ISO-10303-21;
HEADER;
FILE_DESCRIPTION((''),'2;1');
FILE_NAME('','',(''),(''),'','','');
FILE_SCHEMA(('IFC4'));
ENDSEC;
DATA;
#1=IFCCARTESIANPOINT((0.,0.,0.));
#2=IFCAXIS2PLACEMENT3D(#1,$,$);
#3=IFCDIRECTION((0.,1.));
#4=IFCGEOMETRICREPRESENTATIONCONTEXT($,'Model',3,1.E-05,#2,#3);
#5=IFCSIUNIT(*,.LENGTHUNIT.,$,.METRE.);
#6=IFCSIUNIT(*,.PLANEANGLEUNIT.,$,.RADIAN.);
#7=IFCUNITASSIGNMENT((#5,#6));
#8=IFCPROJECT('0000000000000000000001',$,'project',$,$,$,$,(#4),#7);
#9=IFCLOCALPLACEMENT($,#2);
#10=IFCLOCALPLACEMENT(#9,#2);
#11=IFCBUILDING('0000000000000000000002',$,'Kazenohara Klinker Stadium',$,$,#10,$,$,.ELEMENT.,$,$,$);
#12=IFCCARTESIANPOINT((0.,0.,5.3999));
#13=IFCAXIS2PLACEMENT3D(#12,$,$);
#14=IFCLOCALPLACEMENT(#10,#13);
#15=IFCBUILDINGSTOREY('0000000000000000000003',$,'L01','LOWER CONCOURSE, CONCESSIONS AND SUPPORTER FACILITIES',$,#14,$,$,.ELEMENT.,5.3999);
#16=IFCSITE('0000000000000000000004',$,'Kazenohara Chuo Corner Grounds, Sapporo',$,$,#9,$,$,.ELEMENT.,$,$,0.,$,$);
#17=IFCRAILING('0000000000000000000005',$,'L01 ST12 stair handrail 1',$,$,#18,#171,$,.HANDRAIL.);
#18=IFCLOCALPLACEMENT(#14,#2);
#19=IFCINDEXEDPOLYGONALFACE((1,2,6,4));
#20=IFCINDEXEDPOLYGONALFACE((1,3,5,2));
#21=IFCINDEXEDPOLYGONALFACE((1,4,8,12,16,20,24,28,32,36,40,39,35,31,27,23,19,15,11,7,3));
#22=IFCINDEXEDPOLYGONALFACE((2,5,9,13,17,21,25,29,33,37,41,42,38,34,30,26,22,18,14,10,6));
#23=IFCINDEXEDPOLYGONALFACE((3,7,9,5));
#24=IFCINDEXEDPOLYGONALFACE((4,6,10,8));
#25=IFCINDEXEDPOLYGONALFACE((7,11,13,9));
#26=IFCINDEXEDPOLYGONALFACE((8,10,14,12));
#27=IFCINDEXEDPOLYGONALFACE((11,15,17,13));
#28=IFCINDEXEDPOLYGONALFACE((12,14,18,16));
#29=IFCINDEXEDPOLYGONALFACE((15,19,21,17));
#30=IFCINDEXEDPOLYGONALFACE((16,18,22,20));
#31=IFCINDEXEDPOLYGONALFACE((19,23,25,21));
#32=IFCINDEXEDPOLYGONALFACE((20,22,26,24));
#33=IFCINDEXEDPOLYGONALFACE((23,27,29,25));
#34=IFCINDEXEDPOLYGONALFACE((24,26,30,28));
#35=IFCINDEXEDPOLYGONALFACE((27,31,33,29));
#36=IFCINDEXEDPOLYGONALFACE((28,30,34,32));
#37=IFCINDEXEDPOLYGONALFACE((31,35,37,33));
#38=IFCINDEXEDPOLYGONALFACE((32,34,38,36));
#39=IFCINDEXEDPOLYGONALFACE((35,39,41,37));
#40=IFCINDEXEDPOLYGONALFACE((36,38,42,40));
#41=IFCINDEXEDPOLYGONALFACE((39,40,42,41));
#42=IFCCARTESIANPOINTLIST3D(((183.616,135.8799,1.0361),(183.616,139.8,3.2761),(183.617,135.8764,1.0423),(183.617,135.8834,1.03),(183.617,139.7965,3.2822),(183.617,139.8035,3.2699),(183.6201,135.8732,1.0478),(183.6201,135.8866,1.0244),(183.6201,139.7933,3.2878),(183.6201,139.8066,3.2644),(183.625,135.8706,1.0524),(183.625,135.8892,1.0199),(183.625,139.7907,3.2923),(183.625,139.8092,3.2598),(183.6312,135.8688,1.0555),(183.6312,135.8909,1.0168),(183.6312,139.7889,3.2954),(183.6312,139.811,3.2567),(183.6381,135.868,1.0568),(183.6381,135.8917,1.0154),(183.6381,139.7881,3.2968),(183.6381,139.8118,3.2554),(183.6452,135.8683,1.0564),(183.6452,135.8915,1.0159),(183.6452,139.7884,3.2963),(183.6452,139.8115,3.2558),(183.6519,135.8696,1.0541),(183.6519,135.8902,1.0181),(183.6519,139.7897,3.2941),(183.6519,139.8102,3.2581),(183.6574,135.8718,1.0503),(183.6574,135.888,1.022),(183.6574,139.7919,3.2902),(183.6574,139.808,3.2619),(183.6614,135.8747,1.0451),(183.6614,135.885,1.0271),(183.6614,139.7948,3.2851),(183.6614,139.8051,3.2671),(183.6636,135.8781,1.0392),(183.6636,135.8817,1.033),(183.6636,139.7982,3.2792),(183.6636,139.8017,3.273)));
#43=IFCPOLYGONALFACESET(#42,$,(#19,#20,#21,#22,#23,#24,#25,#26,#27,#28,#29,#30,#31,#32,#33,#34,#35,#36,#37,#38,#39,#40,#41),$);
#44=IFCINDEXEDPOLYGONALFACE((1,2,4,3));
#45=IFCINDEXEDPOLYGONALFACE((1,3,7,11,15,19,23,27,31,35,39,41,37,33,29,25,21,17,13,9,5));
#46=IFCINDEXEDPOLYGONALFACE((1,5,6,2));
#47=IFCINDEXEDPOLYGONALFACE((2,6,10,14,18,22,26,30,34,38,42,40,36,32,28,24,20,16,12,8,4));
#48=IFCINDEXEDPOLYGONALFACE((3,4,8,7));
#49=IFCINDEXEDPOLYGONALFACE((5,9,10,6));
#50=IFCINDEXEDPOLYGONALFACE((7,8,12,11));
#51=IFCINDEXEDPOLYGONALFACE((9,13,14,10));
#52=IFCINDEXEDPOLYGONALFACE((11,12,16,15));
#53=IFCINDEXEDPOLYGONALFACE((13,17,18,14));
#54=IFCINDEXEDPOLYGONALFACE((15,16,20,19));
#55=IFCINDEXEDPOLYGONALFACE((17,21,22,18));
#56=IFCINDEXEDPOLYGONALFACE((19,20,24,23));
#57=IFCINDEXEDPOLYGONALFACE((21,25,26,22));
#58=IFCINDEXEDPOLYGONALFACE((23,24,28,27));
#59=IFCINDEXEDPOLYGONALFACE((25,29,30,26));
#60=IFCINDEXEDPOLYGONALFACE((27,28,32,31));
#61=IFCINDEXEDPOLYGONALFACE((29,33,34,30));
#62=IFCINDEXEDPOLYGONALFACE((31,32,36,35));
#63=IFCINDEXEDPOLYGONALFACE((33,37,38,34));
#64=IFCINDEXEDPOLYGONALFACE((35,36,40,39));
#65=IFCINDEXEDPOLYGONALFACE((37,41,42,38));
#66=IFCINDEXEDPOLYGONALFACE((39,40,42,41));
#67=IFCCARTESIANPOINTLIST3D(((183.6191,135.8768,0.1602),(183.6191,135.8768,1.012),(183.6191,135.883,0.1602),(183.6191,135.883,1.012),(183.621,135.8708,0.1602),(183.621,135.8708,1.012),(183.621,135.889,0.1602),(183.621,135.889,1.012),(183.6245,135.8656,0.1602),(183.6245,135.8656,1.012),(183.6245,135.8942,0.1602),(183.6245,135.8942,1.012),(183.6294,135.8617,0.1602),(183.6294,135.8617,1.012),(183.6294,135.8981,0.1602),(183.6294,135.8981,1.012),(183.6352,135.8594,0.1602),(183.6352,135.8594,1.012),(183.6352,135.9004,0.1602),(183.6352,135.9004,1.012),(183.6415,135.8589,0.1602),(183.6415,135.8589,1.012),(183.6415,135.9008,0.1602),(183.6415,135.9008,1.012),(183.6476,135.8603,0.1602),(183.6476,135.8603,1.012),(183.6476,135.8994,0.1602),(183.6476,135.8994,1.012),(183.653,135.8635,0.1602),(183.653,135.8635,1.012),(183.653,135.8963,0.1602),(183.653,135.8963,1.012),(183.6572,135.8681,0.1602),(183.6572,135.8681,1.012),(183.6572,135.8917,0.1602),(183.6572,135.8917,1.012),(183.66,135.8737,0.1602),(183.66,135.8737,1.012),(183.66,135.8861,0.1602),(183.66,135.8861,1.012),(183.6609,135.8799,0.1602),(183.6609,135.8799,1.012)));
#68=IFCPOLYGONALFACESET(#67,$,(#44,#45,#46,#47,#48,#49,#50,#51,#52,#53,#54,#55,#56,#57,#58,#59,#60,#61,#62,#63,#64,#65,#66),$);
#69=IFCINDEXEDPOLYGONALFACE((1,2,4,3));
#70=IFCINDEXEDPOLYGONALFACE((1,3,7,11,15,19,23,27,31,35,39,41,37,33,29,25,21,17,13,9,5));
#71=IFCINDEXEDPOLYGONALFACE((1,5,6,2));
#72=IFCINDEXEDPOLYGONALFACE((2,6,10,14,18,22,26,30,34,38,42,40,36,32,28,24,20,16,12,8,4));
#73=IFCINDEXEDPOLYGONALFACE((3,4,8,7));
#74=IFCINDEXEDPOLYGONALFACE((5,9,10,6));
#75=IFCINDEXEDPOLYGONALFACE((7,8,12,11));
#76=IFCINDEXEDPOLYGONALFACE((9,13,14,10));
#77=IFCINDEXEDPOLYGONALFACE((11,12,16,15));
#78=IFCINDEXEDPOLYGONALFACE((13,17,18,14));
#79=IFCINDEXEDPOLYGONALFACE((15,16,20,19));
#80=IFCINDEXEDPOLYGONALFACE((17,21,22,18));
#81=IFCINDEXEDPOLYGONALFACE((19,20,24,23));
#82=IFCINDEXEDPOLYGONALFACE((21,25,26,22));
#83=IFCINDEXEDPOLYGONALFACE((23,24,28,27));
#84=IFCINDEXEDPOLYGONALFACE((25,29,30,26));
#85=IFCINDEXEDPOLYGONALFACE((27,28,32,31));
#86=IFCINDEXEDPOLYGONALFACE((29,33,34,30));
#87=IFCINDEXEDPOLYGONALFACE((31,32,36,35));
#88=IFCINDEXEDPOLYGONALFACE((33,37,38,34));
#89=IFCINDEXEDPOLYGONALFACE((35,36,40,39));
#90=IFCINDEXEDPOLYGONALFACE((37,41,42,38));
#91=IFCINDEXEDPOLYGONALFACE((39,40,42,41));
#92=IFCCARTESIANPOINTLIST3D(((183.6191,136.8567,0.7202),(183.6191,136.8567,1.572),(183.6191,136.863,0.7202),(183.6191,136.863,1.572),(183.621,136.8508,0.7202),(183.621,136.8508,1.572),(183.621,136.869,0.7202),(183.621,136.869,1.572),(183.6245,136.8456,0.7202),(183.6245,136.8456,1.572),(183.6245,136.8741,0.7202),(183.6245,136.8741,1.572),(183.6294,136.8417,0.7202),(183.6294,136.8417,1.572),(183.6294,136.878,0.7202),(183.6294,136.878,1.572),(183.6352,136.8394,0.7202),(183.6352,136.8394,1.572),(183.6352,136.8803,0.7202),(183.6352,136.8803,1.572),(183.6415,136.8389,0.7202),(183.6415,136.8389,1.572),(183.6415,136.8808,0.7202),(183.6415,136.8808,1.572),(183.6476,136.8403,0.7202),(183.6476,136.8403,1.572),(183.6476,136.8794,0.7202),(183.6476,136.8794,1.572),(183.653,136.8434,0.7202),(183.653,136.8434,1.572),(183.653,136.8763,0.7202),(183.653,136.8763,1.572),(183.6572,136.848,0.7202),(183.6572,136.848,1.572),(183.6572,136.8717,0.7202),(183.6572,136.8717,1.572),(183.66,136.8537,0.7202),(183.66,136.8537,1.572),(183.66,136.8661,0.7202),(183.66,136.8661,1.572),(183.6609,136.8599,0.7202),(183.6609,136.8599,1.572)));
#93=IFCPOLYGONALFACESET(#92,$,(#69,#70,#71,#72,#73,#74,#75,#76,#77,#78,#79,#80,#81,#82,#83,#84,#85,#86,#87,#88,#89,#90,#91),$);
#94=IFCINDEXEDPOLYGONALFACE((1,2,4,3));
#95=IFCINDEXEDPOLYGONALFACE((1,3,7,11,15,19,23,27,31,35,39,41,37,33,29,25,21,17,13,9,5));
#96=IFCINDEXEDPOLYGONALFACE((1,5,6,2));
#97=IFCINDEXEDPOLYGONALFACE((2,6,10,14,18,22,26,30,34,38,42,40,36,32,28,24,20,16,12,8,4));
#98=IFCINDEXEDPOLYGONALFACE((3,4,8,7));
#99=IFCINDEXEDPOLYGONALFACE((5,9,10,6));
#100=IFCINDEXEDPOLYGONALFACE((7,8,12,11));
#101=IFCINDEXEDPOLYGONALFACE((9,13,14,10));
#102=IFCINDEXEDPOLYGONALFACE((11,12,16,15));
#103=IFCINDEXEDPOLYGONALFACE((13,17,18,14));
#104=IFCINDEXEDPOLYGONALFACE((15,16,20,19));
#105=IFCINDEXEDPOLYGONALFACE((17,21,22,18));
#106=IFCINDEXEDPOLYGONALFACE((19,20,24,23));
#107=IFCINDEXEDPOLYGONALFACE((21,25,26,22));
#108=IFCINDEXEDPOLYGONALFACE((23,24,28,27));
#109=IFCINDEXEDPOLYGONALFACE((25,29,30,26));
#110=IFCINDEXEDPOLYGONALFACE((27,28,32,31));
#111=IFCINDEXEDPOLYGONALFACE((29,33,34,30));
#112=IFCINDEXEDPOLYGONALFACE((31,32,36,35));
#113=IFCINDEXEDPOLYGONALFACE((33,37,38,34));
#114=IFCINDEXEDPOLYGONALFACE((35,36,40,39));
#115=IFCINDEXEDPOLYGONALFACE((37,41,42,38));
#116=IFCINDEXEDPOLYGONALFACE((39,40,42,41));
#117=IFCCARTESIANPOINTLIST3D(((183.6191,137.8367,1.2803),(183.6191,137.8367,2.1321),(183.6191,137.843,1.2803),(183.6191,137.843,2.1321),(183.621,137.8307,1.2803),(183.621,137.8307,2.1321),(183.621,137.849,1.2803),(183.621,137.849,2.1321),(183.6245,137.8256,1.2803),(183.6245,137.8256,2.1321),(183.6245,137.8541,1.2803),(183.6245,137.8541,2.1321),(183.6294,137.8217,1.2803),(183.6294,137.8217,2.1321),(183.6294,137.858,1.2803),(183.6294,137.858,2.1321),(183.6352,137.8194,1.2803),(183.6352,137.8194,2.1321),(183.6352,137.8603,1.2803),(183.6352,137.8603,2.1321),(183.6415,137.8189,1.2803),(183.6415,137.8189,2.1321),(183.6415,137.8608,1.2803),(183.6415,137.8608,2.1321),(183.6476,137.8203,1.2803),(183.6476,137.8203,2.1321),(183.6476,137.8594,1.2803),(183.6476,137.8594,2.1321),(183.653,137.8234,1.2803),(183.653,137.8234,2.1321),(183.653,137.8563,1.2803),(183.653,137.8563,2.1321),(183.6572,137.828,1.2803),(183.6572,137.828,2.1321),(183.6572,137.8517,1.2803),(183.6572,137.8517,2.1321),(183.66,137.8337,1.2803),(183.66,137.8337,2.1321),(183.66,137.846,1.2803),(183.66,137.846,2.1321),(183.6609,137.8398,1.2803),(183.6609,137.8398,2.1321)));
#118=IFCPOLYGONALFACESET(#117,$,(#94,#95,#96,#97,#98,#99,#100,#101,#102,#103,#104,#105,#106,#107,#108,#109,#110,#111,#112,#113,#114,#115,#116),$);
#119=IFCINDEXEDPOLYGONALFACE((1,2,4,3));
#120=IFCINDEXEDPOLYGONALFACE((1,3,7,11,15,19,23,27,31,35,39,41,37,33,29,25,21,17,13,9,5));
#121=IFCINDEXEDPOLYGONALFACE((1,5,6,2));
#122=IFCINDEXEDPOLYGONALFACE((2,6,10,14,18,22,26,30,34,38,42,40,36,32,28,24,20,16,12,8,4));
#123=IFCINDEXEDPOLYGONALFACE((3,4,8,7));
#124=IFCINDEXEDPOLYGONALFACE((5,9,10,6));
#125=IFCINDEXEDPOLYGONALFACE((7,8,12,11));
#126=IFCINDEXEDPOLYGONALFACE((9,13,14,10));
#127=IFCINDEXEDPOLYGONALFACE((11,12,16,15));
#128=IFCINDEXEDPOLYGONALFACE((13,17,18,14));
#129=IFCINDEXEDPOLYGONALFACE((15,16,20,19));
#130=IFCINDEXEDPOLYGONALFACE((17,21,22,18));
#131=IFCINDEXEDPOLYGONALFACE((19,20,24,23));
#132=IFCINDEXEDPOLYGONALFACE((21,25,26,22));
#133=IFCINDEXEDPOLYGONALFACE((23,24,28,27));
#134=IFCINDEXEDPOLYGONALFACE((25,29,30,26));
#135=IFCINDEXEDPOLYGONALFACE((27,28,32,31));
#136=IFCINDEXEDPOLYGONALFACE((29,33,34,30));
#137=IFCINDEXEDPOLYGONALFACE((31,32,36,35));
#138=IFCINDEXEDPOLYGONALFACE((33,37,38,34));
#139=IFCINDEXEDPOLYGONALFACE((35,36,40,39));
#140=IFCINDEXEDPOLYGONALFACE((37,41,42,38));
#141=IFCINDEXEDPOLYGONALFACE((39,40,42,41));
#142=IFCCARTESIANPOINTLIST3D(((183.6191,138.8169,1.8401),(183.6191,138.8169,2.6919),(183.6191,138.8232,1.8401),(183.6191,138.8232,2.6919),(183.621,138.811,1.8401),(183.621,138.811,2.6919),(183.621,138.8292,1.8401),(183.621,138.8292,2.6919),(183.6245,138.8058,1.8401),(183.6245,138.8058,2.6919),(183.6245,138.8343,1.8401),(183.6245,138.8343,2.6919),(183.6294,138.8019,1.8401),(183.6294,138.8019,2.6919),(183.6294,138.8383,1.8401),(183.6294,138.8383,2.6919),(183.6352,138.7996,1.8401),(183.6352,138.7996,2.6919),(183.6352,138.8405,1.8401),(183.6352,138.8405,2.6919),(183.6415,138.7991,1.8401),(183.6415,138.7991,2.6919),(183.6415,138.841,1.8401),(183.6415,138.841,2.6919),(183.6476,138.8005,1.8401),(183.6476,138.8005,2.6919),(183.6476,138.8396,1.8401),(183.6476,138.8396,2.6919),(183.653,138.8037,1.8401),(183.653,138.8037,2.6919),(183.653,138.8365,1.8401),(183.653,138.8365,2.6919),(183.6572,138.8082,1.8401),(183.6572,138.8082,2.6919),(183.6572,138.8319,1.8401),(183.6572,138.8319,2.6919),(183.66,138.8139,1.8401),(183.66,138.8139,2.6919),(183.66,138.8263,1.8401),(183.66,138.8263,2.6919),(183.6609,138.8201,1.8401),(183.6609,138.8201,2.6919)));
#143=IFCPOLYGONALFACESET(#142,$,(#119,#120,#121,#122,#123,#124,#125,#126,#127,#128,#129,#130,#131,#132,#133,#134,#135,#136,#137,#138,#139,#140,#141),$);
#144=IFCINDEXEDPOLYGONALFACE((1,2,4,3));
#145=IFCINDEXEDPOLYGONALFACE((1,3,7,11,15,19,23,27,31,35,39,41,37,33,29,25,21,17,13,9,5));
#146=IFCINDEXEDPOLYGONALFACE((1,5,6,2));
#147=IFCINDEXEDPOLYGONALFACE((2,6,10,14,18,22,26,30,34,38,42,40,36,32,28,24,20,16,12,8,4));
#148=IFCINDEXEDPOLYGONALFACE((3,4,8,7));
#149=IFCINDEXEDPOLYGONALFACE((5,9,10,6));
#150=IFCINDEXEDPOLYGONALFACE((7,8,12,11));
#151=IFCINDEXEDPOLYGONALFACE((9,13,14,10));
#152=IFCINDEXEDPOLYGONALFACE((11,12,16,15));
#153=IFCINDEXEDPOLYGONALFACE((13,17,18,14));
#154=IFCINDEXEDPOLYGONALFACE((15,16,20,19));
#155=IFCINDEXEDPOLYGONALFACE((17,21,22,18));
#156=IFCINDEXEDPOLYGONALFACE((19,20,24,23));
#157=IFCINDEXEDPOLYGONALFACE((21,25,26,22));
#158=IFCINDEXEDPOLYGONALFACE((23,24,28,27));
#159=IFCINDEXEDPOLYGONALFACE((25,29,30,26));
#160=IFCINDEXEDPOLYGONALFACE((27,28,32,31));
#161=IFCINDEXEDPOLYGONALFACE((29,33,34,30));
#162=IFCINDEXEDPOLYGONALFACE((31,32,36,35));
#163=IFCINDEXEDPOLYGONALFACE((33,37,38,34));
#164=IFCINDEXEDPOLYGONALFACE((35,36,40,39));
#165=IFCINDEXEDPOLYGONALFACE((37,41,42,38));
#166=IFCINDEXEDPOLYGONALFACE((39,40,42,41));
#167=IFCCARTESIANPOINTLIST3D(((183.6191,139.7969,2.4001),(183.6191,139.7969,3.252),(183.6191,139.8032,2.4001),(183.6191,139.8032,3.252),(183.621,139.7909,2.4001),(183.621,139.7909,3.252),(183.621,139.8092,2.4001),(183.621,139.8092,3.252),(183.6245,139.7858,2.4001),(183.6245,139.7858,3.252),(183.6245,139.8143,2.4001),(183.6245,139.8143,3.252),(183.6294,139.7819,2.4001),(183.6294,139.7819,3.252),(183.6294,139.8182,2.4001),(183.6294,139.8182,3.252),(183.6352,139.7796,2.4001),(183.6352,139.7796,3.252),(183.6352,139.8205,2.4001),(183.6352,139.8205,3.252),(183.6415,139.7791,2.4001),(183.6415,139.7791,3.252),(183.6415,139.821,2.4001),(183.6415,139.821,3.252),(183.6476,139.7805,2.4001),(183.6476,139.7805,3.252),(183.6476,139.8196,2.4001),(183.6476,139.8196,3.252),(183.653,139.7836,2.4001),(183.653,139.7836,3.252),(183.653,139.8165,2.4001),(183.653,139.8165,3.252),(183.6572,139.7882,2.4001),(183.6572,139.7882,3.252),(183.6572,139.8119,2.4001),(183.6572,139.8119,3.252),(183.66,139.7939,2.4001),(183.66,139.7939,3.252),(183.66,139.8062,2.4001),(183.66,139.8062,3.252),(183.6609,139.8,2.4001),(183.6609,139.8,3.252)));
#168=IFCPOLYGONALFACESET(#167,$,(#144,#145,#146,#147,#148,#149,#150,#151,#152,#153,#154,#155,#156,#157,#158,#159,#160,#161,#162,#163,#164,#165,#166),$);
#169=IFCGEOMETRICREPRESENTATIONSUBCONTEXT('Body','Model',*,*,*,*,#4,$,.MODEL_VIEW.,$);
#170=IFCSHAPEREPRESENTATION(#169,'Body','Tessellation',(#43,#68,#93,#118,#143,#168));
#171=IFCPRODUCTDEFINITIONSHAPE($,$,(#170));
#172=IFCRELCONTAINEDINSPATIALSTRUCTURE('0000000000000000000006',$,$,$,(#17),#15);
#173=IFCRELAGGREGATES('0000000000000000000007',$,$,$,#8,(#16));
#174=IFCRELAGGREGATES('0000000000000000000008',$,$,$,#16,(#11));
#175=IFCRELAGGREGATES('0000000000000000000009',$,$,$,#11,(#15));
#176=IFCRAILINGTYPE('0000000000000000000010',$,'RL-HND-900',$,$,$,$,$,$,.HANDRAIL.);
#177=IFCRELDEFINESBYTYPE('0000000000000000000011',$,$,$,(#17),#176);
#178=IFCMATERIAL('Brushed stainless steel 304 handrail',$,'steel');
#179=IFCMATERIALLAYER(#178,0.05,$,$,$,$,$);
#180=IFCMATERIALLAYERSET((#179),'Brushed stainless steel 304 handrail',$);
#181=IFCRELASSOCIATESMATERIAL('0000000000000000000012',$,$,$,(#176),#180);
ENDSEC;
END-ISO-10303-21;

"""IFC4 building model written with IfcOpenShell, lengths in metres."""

from ifc_helpers import new_model, si_unit, direction, frame, origin, origin_2d, place, context, subcontext, project, spatial, circle, extrude, material, layer, layer_set, type_object, element, save


model = new_model("IFC4")

# Units and contexts
model_context = context("Model", 3, precision=1e-05, world=origin(), true_north=direction((0.0, 1.0)))
body_context = subcontext(model_context, "Body", "Model", "MODEL_VIEW")
ifc_project = project(units=[si_unit("LENGTHUNIT", "METRE"), si_unit("PLANEANGLEUNIT", "RADIAN")], contexts=[model_context])

# Site, building, storey
site_placement = place(None, origin())
site = spatial("IfcSite", under=ifc_project, at=site_placement, Name="Kazenohara Chuo Corner Grounds, Sapporo", CompositionType="ELEMENT", RefElevation=0.0)
building_placement = place(site_placement, origin())
building = spatial("IfcBuilding", under=site, at=building_placement, Name="Kazenohara Klinker Stadium", CompositionType="ELEMENT")
storey_placement = place(building_placement, frame((0.0, 0.0, 5.3999)))
storey = spatial("IfcBuildingStorey", under=building, at=storey_placement, Name="L01", Description="LOWER CONCOURSE, CONCESSIONS AND SUPPORTER FACILITIES", CompositionType="ELEMENT", Elevation=5.3999)

# Railing
ifc_material_1 = material(Name="Brushed stainless steel 304 handrail", Category="steel")
ifc_layer_1 = layer(ifc_material_1, 0.05)
ifc_layer_set_1 = layer_set([ifc_layer_1], Name="Brushed stainless steel 304 handrail")
railing_type_1 = type_object("IfcRailingType", Name="RL-HND-900", PredefinedType="HANDRAIL", material=ifc_layer_set_1)
railing_1_placement = place(storey_placement, frame((183.6399, 135.8799, 0.1602)))
element("IfcRailing", 1, at=railing_1_placement, inside=storey, type_object=railing_type_1, Name="L01 ST12 stair handrail 1", PredefinedType="HANDRAIL", context=body_context, shape_type="SweptSolid", body=[
    extrude(circle(Radius=0.0239, at=origin_2d()), frame((0.0, 0.0, 0.876), z_axis=(0.0, 0.868253, 0.496121), x_axis=(-1.0, 0.0, 0.0)), (0.0, 0.0, 1.0), 4.5149),
    extrude(circle(Radius=0.021, at=origin_2d()), origin(), (0.0, 0.0, 1.0), 0.8518),
    extrude(circle(Radius=0.021, at=origin_2d()), frame((0.0, 0.98, 0.5601)), (0.0, 0.0, 1.0), 0.8518),
    extrude(circle(Radius=0.021, at=origin_2d()), frame((0.0, 1.96, 1.1201)), (0.0, 0.0, 1.0), 0.8518),
    extrude(circle(Radius=0.021, at=origin_2d()), frame((0.0, 2.9402, 1.6799)), (0.0, 0.0, 1.0), 0.8518),
    extrude(circle(Radius=0.021, at=origin_2d()), frame((0.0, 3.9202, 2.24)), (0.0, 0.0, 1.0), 0.8518),
])

save(model, "model.ifc")
